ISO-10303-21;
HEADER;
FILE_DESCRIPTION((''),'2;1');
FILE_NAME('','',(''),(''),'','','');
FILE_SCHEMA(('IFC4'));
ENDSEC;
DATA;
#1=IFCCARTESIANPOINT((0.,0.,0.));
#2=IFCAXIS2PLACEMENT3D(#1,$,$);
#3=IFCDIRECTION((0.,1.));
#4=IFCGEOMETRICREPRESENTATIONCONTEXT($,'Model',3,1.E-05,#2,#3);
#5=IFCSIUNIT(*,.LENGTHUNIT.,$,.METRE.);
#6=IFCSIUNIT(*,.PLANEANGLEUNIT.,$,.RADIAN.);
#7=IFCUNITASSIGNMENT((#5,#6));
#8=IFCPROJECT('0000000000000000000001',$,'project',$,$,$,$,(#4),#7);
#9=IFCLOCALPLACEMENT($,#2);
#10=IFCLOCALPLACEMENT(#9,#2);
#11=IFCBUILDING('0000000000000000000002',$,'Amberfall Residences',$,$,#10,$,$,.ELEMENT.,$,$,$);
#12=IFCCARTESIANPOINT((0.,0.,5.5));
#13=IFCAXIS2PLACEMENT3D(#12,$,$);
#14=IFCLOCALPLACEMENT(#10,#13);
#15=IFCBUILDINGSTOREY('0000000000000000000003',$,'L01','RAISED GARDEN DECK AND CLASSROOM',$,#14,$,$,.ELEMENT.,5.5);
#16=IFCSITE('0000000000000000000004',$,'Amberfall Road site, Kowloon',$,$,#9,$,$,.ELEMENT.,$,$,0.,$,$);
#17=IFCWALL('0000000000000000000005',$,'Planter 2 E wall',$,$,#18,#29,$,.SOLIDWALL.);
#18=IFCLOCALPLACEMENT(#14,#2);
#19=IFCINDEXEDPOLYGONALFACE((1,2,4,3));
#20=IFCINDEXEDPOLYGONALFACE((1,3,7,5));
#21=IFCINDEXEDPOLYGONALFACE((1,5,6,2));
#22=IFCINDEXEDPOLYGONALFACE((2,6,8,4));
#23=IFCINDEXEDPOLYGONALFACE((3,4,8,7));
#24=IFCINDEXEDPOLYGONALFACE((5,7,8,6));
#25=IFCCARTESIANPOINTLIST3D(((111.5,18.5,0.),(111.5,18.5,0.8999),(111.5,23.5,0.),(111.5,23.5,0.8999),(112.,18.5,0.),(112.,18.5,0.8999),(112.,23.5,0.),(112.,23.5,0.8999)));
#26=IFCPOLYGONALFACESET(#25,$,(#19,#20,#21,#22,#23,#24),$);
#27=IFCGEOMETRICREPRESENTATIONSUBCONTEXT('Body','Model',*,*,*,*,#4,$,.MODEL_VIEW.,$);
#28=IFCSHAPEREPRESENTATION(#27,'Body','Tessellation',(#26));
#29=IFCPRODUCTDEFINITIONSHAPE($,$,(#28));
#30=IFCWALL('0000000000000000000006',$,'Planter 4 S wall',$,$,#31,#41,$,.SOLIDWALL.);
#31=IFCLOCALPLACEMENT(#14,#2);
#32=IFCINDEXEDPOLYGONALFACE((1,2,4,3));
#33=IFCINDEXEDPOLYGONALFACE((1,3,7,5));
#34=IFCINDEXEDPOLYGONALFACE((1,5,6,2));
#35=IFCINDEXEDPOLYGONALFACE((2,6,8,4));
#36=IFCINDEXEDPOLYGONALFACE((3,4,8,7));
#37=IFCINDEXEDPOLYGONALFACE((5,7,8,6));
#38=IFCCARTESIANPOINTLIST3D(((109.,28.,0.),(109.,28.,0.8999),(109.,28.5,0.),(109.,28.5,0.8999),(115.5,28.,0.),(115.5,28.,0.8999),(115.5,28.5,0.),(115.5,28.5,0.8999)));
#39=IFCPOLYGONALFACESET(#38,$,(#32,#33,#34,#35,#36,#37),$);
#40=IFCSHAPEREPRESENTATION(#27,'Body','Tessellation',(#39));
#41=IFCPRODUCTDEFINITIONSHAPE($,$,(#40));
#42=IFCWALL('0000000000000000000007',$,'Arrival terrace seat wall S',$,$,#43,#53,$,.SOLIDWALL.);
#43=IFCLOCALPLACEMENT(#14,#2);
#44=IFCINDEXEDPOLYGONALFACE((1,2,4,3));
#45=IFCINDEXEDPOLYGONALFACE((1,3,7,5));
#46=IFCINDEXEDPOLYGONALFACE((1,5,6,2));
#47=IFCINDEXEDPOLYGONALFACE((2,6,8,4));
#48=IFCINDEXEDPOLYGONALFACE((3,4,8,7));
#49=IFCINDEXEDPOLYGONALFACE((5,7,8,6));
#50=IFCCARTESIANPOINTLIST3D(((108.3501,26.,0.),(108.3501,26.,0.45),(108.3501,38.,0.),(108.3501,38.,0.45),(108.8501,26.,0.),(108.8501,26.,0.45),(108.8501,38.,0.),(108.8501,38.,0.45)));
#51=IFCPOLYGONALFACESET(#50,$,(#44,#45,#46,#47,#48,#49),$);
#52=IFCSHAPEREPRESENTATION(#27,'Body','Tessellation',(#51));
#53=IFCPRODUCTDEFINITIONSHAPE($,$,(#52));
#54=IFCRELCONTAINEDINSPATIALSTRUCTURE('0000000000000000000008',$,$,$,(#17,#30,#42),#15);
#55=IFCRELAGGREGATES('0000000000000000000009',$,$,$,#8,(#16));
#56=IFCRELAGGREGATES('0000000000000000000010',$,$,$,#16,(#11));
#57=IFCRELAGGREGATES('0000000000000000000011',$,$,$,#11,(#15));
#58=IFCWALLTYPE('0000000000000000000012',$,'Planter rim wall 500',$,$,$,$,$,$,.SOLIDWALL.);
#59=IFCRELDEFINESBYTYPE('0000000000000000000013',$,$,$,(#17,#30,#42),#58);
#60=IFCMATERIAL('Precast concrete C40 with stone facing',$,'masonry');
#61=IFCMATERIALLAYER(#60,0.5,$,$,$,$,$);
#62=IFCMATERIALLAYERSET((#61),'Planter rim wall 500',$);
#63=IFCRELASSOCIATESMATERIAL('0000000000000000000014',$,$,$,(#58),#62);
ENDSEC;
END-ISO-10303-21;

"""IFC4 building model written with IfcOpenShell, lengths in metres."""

from ifc_helpers import new_model, si_unit, direction, frame, frame_2d, origin, place, context, subcontext, project, spatial, rectangle, extrude, material, layer, layer_set, type_object, element, save


model = new_model("IFC4")

# Units and contexts
model_context = context("Model", 3, precision=1e-05, world=origin(), true_north=direction((0.0, 1.0)))
body_context = subcontext(model_context, "Body", "Model", "MODEL_VIEW")
ifc_project = project(units=[si_unit("LENGTHUNIT", "METRE"), si_unit("PLANEANGLEUNIT", "RADIAN")], contexts=[model_context])

# Site, building, storey
site_placement = place(None, origin())
site = spatial("IfcSite", under=ifc_project, at=site_placement, Name="Amberfall Road site, Kowloon", CompositionType="ELEMENT", RefElevation=0.0)
building_placement = place(site_placement, origin())
building = spatial("IfcBuilding", under=site, at=building_placement, Name="Amberfall Residences", CompositionType="ELEMENT")
storey_placement = place(building_placement, frame((0.0, 0.0, 5.5)))
storey = spatial("IfcBuildingStorey", under=building, at=storey_placement, Name="L01", Description="RAISED GARDEN DECK AND CLASSROOM", CompositionType="ELEMENT", Elevation=5.5)

# Walls
ifc_material_1 = material(Name="Precast concrete C40 with stone facing", Category="masonry")
ifc_layer_1 = layer(ifc_material_1, 0.5)
ifc_layer_set_1 = layer_set([ifc_layer_1], Name="Planter rim wall 500")
wall_type_1 = type_object("IfcWallType", Name="Planter rim wall 500", PredefinedType="SOLIDWALL", material=ifc_layer_set_1)
for number, where, z_axis, x_axis, name in (
    (1, (111.75, 18.5, 0.0), (0.0, 0.0, 1.0), (0.0, 1.0, 0.0), "Planter 2 E wall"),
):
    element("IfcWall", number, at=place(storey_placement, frame(where, z_axis=z_axis, x_axis=x_axis)), inside=storey, type_object=wall_type_1, Name=name, PredefinedType="SOLIDWALL", context=body_context, shape_type="SweptSolid", body=[
        extrude(rectangle(XDim=5.0, YDim=0.5, at=frame_2d((2.5, 0.0))), origin(), (0.0, 0.0, 1.0), 0.8999),
    ])
wall_1_placement = place(storey_placement, frame((109.0, 28.25, 0.0), z_axis=(0.0, 0.0, 1.0), x_axis=(1.0, 0.0, 0.0)))
element("IfcWall", 2, at=wall_1_placement, inside=storey, type_object=wall_type_1, Name="Planter 4 S wall", PredefinedType="SOLIDWALL", context=body_context, shape_type="SweptSolid", body=[
    extrude(rectangle(XDim=6.5, YDim=0.5, at=frame_2d((3.25, 0.0))), origin(), (0.0, 0.0, 1.0), 0.8999),
])
wall_2_placement = place(storey_placement, frame((108.6001, 26.0, 0.0), z_axis=(0.0, 0.0, 1.0), x_axis=(0.0, 1.0, 0.0)))
element("IfcWall", 3, at=wall_2_placement, inside=storey, type_object=wall_type_1, Name="Arrival terrace seat wall S", PredefinedType="SOLIDWALL", context=body_context, shape_type="SweptSolid", body=[
    extrude(rectangle(XDim=12.0, YDim=0.5, at=frame_2d((6.0, 0.0))), origin(), (0.0, 0.0, 1.0), 0.45),
])

save(model, "model.ifc")
